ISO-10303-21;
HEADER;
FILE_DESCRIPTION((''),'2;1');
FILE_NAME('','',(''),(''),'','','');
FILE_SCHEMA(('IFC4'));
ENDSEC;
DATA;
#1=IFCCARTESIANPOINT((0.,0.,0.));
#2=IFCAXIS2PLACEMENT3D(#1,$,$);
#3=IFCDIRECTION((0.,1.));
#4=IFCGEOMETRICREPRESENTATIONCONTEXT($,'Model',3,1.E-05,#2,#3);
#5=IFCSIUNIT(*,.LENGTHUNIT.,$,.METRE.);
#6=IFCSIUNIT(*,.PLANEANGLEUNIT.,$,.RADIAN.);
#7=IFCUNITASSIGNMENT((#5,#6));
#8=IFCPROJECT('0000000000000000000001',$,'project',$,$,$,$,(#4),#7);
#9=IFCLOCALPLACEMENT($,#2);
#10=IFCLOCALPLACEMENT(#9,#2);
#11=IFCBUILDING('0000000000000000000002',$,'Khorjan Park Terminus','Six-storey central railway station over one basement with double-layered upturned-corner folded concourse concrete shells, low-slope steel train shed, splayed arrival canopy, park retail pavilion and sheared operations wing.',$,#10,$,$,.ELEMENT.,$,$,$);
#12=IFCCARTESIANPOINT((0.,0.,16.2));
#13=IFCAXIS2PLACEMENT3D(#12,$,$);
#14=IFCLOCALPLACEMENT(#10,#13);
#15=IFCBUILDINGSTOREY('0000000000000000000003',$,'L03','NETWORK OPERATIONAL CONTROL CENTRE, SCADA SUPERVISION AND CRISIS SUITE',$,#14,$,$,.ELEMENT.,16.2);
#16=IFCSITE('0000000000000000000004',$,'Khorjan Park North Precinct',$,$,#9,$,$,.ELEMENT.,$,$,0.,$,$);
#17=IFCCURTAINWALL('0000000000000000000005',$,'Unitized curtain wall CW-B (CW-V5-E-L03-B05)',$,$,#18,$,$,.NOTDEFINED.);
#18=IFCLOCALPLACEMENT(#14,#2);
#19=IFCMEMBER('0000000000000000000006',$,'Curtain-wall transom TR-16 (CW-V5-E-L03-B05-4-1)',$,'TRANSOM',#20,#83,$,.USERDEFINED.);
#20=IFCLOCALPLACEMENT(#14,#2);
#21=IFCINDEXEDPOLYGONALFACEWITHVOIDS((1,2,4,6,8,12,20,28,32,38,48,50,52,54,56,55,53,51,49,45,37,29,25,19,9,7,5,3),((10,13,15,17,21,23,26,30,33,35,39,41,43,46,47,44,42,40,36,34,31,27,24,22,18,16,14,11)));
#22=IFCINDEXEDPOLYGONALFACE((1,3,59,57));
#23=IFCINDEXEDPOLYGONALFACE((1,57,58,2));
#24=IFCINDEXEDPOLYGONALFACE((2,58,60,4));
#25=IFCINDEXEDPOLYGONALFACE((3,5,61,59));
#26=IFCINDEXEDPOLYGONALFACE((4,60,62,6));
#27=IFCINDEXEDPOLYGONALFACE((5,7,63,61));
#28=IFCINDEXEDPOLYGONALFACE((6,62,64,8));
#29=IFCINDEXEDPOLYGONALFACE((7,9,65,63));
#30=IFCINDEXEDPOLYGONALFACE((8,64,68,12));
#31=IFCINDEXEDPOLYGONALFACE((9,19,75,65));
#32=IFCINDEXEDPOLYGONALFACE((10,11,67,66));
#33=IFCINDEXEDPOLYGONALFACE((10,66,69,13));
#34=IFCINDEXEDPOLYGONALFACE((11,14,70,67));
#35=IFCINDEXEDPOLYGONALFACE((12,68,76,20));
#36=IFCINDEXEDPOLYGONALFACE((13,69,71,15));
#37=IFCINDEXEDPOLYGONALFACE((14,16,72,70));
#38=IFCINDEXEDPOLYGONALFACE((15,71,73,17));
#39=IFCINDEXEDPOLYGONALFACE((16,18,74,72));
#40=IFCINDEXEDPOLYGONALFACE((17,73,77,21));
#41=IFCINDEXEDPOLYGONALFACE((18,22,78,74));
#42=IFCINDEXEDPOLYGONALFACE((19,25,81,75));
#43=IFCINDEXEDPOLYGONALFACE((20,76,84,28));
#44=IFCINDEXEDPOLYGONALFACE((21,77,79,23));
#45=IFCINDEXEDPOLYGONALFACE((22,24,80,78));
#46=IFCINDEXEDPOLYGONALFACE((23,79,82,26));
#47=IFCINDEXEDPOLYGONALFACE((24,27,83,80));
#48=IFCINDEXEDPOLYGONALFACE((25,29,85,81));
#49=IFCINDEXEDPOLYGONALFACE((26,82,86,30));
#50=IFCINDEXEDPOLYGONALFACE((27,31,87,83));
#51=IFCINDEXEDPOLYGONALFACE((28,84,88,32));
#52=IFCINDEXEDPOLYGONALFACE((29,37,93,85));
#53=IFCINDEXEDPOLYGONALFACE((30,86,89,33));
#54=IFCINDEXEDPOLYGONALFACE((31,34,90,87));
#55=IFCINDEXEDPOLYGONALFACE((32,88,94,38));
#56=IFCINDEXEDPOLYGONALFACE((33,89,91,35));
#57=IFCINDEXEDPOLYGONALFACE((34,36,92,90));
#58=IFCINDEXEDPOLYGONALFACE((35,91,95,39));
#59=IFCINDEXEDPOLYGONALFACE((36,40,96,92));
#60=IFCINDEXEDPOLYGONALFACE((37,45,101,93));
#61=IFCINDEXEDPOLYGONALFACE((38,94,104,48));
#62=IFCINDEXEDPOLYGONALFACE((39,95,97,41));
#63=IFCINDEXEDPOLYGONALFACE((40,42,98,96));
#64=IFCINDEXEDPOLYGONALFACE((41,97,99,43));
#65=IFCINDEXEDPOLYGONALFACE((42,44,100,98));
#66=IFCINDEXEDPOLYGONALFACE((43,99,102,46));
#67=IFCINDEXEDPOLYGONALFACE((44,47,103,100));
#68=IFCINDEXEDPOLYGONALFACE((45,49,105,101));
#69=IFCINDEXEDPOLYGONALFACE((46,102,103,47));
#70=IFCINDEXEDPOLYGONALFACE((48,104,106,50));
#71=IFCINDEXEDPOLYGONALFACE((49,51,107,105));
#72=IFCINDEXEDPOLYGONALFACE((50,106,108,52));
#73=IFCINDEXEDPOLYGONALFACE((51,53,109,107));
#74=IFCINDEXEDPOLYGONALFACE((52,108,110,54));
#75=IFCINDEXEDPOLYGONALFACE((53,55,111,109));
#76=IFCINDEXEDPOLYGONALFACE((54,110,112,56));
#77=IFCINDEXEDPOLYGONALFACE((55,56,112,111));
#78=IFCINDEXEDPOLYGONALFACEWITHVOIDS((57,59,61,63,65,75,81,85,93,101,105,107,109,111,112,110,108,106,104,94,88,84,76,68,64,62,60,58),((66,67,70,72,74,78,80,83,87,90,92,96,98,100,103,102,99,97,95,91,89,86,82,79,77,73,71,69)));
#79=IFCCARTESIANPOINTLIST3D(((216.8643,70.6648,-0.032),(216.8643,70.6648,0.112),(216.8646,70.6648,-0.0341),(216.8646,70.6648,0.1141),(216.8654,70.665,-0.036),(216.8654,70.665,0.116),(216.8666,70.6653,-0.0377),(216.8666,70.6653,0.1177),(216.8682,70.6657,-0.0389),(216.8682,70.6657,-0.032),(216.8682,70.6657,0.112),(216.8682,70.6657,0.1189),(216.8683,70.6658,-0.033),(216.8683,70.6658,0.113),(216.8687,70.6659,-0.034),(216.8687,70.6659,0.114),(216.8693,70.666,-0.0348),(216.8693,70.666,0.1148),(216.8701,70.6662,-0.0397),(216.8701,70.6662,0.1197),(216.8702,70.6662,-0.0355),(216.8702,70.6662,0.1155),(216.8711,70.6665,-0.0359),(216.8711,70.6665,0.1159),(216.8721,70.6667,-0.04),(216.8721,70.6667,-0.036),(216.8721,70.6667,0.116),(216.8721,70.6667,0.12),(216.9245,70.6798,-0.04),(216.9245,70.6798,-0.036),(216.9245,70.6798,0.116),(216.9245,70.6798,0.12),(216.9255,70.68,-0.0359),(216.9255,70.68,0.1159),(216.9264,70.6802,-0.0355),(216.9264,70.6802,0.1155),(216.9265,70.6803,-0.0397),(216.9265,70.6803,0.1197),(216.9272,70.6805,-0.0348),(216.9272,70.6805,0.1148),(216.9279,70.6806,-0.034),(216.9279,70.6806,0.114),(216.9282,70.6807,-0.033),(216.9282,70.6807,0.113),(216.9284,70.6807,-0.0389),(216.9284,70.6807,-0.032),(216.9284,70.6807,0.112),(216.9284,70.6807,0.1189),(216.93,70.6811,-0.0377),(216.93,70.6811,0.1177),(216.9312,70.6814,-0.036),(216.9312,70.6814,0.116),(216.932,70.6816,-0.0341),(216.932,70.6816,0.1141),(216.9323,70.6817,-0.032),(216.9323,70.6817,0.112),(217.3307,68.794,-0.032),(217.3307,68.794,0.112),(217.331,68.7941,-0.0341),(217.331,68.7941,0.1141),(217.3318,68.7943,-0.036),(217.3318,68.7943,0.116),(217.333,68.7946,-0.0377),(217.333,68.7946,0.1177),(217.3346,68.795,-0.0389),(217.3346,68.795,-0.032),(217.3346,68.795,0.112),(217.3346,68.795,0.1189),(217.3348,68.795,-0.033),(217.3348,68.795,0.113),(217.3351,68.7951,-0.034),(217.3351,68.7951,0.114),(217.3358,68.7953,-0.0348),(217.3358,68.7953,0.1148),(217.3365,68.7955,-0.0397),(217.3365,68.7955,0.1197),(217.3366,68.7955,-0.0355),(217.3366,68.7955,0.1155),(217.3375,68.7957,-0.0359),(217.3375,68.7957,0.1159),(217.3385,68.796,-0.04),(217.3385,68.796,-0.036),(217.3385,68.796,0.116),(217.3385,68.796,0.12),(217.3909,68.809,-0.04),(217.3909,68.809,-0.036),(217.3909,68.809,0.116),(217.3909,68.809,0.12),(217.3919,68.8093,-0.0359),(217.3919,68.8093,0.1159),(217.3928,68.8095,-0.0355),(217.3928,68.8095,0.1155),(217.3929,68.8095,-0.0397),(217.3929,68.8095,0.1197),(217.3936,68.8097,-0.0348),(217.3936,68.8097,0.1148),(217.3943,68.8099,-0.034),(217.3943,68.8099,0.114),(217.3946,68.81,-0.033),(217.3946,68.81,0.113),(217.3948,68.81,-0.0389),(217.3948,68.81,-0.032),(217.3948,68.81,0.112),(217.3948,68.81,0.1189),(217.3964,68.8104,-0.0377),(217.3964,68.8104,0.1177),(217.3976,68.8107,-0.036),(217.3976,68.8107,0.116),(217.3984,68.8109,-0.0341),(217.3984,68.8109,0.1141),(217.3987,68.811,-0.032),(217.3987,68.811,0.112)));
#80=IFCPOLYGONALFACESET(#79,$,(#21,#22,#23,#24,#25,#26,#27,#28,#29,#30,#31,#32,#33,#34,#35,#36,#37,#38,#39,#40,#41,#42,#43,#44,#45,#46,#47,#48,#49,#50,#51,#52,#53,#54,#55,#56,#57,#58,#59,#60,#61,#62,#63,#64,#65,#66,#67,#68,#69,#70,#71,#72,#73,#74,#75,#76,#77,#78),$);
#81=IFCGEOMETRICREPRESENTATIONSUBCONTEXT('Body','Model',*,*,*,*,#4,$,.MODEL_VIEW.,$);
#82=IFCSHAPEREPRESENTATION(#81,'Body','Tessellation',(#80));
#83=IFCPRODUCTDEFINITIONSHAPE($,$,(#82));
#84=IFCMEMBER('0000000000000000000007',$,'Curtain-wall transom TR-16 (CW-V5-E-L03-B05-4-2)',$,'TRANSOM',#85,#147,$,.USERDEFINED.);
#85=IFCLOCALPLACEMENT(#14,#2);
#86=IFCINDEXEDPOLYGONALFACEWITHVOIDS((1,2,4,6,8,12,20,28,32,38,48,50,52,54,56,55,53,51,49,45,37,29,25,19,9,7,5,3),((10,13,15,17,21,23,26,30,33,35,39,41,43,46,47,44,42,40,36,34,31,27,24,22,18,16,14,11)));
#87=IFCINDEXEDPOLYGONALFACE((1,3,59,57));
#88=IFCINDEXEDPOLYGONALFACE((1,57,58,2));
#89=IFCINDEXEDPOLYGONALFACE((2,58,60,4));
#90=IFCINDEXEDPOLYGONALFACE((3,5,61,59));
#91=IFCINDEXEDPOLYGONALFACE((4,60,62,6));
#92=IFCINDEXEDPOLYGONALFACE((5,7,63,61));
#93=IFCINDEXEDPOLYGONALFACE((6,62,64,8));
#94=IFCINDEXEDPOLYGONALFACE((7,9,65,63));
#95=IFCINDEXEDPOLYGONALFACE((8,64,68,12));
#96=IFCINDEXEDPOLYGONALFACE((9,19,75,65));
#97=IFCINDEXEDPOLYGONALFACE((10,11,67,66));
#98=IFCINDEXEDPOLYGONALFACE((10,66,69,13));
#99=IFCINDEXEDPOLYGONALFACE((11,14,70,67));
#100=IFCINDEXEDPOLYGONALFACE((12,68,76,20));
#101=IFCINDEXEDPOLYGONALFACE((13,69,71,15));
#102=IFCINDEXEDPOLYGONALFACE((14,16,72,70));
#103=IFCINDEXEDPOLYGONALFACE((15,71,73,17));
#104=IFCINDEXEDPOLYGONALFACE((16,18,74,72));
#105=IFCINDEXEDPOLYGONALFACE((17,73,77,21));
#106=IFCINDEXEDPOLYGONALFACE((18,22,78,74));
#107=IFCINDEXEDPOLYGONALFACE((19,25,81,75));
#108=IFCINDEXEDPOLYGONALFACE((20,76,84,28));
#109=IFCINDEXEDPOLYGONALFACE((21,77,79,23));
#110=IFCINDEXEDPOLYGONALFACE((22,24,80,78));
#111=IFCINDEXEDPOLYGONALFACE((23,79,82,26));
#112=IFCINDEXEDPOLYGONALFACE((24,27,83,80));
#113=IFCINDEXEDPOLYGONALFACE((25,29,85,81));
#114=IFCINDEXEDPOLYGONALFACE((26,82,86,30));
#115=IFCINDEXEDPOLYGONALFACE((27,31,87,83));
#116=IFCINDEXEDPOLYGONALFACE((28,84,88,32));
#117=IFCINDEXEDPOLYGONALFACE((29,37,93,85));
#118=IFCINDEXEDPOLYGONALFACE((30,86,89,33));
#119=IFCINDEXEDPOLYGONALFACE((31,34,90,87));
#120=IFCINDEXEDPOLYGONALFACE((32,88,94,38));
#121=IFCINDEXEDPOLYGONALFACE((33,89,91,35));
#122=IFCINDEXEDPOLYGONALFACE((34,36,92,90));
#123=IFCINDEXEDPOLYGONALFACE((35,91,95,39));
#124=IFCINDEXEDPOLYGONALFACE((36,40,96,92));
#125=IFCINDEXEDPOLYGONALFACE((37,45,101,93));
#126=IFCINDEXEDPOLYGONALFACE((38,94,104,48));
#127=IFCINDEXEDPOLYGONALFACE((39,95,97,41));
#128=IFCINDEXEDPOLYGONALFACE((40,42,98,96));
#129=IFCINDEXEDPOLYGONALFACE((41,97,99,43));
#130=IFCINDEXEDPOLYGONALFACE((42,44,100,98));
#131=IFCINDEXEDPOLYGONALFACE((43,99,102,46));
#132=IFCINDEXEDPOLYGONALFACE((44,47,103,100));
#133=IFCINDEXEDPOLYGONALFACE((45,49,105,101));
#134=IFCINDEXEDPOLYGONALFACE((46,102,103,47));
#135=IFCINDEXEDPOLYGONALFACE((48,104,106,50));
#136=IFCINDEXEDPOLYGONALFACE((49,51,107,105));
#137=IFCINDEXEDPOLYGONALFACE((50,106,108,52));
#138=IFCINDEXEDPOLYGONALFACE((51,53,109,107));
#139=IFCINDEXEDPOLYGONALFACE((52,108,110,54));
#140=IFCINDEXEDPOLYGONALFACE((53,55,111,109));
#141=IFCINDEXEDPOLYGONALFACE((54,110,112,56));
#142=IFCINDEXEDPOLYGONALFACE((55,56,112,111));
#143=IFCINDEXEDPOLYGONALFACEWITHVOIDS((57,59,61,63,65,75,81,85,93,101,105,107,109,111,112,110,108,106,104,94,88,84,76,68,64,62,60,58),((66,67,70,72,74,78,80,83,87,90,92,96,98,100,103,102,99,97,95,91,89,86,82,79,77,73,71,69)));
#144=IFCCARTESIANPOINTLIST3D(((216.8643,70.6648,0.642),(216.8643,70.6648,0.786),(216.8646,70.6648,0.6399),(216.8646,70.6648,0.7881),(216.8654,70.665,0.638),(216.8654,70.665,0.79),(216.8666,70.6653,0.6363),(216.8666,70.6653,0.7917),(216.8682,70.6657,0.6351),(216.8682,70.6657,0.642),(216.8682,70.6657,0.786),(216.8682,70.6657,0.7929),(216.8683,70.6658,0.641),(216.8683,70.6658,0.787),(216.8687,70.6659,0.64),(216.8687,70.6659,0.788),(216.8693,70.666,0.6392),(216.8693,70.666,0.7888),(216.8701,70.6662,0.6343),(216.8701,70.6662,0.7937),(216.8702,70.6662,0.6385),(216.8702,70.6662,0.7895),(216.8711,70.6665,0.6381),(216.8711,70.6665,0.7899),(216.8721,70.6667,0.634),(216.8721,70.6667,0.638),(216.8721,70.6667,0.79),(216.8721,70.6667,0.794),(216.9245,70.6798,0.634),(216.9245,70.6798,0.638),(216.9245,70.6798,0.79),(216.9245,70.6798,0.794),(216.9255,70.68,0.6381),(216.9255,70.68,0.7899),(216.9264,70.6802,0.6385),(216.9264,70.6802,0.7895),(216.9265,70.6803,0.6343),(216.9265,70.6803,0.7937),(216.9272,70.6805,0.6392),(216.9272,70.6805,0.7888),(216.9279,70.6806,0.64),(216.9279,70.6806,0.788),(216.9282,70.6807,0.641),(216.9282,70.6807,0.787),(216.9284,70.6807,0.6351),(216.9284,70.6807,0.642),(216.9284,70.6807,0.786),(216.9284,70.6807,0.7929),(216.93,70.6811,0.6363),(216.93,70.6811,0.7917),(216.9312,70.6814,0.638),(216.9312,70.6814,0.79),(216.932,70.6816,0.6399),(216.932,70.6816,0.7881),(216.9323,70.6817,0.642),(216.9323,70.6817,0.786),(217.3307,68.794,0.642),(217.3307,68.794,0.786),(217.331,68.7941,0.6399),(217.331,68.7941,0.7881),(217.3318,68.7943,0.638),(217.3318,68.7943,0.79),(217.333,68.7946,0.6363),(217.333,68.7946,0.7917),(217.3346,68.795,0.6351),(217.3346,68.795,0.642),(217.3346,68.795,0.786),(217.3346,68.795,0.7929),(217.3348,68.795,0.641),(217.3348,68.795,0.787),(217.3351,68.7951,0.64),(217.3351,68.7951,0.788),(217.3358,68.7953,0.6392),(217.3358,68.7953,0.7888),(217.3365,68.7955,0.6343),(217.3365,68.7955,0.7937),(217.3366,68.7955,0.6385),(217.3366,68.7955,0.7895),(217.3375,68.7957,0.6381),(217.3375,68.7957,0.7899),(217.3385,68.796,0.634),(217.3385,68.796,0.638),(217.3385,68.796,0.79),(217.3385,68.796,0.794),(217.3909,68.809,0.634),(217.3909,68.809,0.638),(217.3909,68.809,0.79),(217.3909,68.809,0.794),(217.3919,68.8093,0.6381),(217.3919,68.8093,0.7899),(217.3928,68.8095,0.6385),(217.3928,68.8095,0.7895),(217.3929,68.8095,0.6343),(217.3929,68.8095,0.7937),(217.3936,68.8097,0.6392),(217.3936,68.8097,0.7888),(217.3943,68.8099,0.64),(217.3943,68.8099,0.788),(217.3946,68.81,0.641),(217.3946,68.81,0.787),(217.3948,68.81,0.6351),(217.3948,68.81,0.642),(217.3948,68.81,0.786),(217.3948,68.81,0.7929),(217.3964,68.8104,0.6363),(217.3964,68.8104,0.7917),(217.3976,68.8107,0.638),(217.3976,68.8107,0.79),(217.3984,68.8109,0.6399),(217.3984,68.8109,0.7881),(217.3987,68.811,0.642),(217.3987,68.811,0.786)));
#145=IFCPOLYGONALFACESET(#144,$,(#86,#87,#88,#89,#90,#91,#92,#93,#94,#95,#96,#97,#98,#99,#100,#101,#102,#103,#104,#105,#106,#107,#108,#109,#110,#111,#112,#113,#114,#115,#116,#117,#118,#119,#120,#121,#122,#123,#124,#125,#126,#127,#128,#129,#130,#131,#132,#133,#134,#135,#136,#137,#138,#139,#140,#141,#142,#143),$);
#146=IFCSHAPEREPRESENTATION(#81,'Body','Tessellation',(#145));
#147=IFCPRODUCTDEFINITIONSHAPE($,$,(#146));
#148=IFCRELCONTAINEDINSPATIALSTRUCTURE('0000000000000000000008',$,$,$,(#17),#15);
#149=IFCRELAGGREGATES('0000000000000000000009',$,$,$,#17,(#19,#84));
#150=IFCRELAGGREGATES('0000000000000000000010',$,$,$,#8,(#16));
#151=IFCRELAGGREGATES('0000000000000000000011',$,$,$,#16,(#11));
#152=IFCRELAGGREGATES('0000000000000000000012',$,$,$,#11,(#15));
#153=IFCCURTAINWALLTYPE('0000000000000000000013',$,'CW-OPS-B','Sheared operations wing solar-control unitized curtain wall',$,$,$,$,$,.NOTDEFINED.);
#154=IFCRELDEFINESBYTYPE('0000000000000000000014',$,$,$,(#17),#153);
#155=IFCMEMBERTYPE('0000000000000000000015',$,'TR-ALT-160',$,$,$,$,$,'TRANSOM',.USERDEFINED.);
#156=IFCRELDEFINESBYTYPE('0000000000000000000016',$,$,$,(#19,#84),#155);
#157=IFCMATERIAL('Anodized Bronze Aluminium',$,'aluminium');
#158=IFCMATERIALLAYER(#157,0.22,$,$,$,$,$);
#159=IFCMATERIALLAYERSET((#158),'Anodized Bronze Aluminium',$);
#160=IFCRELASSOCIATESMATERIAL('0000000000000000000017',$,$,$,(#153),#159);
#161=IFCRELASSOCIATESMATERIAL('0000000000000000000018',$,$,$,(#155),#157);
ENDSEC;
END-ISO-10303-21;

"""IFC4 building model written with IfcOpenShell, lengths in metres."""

from ifc_helpers import new_model, si_unit, direction, frame, origin, origin_2d, place, context, subcontext, project, spatial, hollow_rectangle, extrude, material, layer, layer_set, material_profile, profile_set, type_object, element, aggregate, save


model = new_model("IFC4")

# Units and contexts
model_context = context("Model", 3, precision=1e-05, world=origin(), true_north=direction((0.0, 1.0)))
body_context = subcontext(model_context, "Body", "Model", "MODEL_VIEW")
ifc_project = project(units=[si_unit("LENGTHUNIT", "METRE"), si_unit("PLANEANGLEUNIT", "RADIAN")], contexts=[model_context])

# Site, building, storey
site_placement = place(None, origin())
site = spatial("IfcSite", under=ifc_project, at=site_placement, Name="Khorjan Park North Precinct", CompositionType="ELEMENT", RefElevation=0.0)
building_placement = place(site_placement, origin())
building = spatial("IfcBuilding", under=site, at=building_placement, Name="Khorjan Park Terminus", Description="Six-storey central railway station over one basement with double-layered upturned-corner folded concourse concrete shells, low-slope steel train shed, splayed arrival canopy, park retail pavilion and sheared operations wing.", CompositionType="ELEMENT")
storey_placement = place(building_placement, frame((0.0, 0.0, 16.2)))
storey = spatial("IfcBuildingStorey", under=building, at=storey_placement, Name="L03", Description="NETWORK OPERATIONAL CONTROL CENTRE, SCADA SUPERVISION AND CRISIS SUITE", CompositionType="ELEMENT", Elevation=16.2)

# Curtain wall, members
ifc_material_1 = material(Name="Anodized Bronze Aluminium", Category="aluminium")
ifc_layer_1 = layer(ifc_material_1, 0.22)
ifc_layer_set_1 = layer_set([ifc_layer_1], Name="Anodized Bronze Aluminium")
curtain_wall_type = type_object("IfcCurtainWallType", Name="CW-OPS-B", Description="Sheared operations wing solar-control unitized curtain wall", PredefinedType="NOTDEFINED", material=ifc_layer_set_1)
curtain_wall_placement = place(storey_placement, origin())
curtain_wall = element("IfcCurtainWall", 1, at=curtain_wall_placement, inside=storey, type_object=curtain_wall_type, Name="Unitized curtain wall CW-B (CW-V5-E-L03-B05)", PredefinedType="NOTDEFINED")
ifc_material_profile_1 = material_profile(ifc_material_1, hollow_rectangle(XDim=0.07, YDim=0.16, WallThickness=0.004, InnerFilletRadius=0.004, OuterFilletRadius=0.008, at=origin_2d()), Name="ALT 70x160x4")
ifc_profile_set_1 = profile_set([ifc_material_profile_1], Name="Anodized Bronze Aluminium")
member_type_1 = type_object("IfcMemberType", Name="TR-ALT-160", ElementType="TRANSOM", PredefinedType="USERDEFINED", material=ifc_profile_set_1)
member_1_placement = place(storey_placement, frame((217.3647, 68.8025, 0.04), z_axis=(-0.241913, 0.970298, 0.0), x_axis=(-0.970298, -0.241913, 0.0)))
member_1 = element("IfcMember", 2, at=member_1_placement, type_object=member_type_1, Name="Curtain-wall transom TR-16 (CW-V5-E-L03-B05-4-1)", ObjectType="TRANSOM", PredefinedType="USERDEFINED", context=body_context, shape_type="SweptSolid", body=[
    extrude(hollow_rectangle(XDim=0.07, YDim=0.16, WallThickness=0.004, InnerFilletRadius=0.004, OuterFilletRadius=0.008, at=origin_2d()), origin(), (0.0, 0.0, 1.0), 1.928),
])
member_2_placement = place(storey_placement, frame((217.3647, 68.8025, 0.714), z_axis=(-0.241913, 0.970298, 0.0), x_axis=(-0.970298, -0.241913, 0.0)))
member_2 = element("IfcMember", 3, at=member_2_placement, type_object=member_type_1, Name="Curtain-wall transom TR-16 (CW-V5-E-L03-B05-4-2)", ObjectType="TRANSOM", PredefinedType="USERDEFINED", context=body_context, shape_type="SweptSolid", body=[
    extrude(hollow_rectangle(XDim=0.07, YDim=0.16, WallThickness=0.004, InnerFilletRadius=0.004, OuterFilletRadius=0.008, at=origin_2d()), origin(), (0.0, 0.0, 1.0), 1.928),
])
aggregate(curtain_wall, [member_1, member_2])

save(model, "model.ifc")
